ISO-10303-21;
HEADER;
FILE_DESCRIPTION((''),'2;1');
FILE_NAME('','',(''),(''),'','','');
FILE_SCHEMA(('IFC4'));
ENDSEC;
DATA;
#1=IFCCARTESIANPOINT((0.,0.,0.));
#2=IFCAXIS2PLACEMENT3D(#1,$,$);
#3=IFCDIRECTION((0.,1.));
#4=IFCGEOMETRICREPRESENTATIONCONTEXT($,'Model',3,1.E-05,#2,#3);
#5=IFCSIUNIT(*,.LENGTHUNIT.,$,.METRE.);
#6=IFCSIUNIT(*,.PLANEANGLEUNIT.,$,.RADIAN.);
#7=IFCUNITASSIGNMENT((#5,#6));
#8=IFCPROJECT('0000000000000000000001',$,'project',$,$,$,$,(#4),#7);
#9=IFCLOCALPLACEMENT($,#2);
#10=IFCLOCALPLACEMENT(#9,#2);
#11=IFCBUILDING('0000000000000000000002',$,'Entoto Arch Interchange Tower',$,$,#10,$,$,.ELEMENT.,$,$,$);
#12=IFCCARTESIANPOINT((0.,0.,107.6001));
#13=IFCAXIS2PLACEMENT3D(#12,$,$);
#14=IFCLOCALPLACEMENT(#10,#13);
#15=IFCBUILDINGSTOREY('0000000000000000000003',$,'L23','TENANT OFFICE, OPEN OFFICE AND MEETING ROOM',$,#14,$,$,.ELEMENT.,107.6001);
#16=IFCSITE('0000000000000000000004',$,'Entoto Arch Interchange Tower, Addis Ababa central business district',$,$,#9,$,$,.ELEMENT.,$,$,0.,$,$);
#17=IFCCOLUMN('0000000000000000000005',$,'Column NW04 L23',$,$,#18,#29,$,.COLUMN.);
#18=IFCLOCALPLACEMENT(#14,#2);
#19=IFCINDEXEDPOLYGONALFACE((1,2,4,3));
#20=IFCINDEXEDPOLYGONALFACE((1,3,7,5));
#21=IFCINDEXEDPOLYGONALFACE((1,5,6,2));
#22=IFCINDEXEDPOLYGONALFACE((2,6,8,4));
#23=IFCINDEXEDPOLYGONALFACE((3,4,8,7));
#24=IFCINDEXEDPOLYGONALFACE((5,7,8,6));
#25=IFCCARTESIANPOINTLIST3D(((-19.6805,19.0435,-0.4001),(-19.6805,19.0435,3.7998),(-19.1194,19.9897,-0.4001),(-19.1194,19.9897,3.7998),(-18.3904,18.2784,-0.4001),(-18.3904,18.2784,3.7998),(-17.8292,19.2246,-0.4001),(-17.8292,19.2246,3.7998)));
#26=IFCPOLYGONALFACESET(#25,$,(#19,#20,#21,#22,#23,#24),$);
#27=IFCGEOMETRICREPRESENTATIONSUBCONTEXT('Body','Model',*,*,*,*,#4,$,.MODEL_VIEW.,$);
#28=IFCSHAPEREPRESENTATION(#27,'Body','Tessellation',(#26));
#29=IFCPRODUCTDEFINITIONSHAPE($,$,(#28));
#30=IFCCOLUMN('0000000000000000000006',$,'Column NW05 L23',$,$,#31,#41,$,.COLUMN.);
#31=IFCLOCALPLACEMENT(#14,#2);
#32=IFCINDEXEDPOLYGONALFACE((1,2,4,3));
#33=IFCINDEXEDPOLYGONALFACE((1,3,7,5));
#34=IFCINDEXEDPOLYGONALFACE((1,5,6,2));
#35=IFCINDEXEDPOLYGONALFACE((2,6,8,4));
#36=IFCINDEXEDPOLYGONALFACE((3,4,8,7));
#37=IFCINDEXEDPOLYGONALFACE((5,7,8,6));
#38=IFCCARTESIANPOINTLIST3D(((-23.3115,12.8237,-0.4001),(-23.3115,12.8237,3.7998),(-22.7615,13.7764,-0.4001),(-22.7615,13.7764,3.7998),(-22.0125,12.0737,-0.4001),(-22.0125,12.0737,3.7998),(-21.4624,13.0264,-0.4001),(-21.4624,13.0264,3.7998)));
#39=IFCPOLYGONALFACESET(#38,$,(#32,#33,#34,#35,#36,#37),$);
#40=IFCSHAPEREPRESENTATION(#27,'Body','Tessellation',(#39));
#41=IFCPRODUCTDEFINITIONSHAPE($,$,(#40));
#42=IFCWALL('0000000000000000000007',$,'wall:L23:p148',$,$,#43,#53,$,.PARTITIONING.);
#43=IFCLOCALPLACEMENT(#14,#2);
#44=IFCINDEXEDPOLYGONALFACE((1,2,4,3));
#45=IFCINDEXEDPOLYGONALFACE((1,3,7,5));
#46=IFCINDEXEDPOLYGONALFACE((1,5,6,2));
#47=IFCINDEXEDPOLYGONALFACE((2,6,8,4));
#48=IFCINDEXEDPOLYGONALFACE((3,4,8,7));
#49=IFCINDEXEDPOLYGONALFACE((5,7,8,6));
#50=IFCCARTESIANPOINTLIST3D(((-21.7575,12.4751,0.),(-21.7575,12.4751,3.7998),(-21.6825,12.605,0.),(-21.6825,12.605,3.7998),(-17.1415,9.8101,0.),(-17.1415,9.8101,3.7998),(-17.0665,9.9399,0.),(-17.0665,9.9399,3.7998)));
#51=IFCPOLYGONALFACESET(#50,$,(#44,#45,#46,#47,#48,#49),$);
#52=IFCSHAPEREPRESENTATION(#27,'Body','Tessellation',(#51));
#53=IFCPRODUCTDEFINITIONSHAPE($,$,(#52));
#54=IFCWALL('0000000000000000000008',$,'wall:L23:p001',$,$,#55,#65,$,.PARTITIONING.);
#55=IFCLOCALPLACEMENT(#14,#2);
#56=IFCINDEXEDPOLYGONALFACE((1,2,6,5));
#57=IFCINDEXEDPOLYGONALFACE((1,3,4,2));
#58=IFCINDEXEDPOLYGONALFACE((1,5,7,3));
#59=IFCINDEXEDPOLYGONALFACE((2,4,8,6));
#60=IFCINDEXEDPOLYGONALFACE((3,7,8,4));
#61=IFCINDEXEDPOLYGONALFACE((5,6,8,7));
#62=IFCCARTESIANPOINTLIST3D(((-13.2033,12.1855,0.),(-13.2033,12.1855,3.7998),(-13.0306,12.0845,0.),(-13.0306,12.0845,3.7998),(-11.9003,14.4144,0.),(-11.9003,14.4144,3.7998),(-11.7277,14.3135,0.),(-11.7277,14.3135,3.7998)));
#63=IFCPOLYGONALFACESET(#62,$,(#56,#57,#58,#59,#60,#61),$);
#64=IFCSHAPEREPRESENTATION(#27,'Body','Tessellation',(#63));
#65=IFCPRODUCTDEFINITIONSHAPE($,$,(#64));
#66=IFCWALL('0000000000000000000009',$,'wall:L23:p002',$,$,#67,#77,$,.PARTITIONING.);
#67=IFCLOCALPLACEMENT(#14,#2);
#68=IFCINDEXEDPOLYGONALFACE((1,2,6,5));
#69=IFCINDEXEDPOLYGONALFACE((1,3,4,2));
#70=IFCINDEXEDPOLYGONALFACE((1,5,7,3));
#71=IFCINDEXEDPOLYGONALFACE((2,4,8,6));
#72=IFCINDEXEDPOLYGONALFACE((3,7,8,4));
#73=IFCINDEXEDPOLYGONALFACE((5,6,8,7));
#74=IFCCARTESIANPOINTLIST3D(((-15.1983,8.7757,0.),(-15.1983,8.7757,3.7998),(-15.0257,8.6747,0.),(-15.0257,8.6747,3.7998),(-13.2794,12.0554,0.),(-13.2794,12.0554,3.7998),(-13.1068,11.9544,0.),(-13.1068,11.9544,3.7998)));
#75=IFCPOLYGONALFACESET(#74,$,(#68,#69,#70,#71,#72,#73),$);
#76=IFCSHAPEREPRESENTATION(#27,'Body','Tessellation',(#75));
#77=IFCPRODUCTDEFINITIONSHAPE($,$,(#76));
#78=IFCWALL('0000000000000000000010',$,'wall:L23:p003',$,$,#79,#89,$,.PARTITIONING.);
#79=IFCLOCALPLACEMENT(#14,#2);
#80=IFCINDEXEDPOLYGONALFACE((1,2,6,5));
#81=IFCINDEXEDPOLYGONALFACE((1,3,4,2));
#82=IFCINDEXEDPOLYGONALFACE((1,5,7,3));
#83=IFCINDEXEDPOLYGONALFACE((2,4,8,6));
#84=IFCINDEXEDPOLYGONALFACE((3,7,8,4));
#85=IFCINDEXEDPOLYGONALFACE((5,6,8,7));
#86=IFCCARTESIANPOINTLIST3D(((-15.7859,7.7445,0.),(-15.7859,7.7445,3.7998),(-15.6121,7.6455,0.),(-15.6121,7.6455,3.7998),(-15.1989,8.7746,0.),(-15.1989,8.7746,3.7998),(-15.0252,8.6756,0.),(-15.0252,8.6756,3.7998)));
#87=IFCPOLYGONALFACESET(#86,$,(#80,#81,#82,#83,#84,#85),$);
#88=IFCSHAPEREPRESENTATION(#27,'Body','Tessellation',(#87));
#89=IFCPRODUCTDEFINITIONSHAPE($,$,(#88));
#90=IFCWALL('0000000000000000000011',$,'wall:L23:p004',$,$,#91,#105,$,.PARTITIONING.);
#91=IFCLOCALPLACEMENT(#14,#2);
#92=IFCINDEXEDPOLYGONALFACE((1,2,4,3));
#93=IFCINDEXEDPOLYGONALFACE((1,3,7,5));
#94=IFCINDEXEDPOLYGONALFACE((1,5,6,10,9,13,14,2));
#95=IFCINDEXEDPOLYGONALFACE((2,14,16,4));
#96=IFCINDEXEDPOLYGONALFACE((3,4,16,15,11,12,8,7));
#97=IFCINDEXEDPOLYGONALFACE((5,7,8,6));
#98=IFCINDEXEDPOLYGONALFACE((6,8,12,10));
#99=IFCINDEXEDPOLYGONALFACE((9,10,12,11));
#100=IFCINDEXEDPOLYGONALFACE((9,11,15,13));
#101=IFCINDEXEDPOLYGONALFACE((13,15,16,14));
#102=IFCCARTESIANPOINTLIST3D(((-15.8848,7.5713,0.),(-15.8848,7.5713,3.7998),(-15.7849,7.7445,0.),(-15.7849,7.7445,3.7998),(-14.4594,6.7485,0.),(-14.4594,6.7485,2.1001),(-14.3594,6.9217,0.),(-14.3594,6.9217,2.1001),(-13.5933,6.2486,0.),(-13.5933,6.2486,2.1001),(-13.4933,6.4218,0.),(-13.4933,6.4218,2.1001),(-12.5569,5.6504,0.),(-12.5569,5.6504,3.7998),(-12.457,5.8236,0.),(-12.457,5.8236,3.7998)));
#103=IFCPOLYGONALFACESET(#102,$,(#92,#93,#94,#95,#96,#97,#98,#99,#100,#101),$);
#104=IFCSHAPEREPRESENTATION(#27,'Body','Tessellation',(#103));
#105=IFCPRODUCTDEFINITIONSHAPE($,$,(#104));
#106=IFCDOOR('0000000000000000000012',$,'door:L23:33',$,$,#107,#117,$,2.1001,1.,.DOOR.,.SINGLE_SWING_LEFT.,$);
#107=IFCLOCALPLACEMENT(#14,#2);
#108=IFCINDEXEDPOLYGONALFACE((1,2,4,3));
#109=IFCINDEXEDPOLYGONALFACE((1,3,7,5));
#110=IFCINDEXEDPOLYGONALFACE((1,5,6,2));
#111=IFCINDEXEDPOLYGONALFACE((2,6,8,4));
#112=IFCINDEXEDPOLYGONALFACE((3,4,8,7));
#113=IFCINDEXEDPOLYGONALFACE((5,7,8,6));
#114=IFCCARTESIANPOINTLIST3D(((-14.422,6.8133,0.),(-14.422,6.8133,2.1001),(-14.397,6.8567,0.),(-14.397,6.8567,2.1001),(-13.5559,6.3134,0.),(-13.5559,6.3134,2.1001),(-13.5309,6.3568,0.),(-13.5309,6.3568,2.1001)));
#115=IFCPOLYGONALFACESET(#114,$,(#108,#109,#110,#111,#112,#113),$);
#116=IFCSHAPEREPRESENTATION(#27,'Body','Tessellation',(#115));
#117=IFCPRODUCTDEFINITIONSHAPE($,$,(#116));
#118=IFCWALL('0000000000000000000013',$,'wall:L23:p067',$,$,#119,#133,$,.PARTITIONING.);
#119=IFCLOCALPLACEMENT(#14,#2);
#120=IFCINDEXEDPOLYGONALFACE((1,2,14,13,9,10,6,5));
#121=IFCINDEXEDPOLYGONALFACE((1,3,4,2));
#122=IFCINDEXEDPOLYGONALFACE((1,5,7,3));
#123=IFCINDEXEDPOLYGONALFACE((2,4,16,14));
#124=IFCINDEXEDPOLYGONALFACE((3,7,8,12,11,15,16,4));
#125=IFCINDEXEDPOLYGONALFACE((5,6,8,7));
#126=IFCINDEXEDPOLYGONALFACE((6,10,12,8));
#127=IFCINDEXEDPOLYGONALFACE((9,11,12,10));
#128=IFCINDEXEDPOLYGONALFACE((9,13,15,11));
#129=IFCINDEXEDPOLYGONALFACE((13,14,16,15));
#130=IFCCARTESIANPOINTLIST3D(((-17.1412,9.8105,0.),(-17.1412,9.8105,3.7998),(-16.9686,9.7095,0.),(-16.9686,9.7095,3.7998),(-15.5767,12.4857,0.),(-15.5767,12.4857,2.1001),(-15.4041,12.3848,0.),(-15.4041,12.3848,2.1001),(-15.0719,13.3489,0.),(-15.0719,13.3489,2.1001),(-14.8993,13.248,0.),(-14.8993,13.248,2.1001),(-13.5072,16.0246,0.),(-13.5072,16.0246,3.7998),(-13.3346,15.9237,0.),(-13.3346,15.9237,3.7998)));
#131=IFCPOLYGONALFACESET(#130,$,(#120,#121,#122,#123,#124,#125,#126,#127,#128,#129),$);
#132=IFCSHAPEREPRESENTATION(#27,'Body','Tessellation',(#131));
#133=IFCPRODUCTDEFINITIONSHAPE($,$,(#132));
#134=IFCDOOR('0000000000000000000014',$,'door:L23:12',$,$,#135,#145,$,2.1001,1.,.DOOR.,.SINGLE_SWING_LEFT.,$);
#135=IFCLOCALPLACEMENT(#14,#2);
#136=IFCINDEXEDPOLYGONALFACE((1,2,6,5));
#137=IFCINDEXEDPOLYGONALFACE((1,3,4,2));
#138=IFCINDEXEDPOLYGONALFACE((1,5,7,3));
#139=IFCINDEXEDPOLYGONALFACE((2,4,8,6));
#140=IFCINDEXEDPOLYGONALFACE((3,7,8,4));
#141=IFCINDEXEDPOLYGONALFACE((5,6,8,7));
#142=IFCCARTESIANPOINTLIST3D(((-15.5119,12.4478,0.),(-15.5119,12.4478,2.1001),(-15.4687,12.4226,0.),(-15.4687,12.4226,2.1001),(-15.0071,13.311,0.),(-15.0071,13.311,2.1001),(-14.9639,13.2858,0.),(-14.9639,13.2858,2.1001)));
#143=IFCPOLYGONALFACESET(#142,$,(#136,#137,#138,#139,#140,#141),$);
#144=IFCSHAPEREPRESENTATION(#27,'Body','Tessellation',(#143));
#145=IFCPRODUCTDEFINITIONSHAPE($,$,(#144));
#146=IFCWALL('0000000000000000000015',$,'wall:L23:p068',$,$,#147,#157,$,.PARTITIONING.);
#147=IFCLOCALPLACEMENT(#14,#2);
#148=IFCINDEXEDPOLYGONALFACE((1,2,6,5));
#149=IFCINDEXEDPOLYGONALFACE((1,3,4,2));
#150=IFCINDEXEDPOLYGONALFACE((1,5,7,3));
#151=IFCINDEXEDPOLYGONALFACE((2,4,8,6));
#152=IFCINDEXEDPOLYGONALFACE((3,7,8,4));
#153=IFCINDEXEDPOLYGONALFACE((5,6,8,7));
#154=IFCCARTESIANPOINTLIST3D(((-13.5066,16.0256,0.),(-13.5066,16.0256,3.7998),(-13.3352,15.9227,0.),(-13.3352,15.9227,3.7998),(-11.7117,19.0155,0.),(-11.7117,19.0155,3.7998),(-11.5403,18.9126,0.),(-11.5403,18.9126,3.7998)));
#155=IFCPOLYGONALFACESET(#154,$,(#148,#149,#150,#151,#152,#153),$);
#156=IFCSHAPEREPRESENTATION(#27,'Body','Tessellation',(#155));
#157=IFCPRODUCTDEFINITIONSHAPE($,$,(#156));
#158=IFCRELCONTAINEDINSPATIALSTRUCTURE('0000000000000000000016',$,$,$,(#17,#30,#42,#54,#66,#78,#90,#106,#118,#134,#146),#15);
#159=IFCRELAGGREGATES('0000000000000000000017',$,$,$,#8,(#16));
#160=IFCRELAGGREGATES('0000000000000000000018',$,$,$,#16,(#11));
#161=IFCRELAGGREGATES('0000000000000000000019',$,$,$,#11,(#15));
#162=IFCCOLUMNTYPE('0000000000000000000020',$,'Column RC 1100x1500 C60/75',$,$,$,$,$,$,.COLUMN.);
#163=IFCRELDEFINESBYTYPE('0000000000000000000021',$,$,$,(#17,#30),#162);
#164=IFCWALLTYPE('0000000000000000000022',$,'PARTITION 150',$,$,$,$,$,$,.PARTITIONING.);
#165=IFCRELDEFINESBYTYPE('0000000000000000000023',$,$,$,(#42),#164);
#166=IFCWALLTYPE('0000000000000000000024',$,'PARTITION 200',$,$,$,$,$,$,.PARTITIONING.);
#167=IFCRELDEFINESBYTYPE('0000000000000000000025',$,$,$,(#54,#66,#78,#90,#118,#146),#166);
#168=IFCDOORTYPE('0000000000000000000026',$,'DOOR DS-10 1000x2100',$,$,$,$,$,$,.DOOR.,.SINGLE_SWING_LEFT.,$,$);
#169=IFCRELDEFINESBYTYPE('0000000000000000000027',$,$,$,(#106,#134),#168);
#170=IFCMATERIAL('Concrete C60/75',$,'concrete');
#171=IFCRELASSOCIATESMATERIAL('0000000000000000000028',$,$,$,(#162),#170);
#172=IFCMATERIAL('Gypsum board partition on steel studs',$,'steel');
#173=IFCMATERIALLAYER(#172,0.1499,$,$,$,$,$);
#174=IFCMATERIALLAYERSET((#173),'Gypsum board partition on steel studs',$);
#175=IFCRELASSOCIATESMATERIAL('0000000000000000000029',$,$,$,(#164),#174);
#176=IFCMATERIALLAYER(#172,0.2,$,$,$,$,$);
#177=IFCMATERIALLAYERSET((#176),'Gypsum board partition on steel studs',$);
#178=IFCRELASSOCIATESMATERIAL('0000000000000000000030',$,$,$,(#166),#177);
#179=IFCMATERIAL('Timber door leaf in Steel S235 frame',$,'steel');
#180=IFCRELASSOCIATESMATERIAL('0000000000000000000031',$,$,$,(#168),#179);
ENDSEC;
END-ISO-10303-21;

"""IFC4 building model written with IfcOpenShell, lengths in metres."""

from ifc_helpers import new_model, si_unit, direction, frame, frame_2d, origin, origin_2d, place, context, subcontext, project, spatial, rectangle, extrude, material, layer, layer_set, material_profile, profile_set, type_object, element, fill, save


model = new_model("IFC4")

# Units and contexts
model_context = context("Model", 3, precision=1e-05, world=origin(), true_north=direction((0.0, 1.0)))
body_context = subcontext(model_context, "Body", "Model", "MODEL_VIEW")
ifc_project = project(units=[si_unit("LENGTHUNIT", "METRE"), si_unit("PLANEANGLEUNIT", "RADIAN")], contexts=[model_context])

# Site, building, storey
site_placement = place(None, origin())
site = spatial("IfcSite", under=ifc_project, at=site_placement, Name="Entoto Arch Interchange Tower, Addis Ababa central business district", CompositionType="ELEMENT", RefElevation=0.0)
building_placement = place(site_placement, origin())
building = spatial("IfcBuilding", under=site, at=building_placement, Name="Entoto Arch Interchange Tower", CompositionType="ELEMENT")
storey_placement = place(building_placement, frame((0.0, 0.0, 107.6001)))
storey = spatial("IfcBuildingStorey", under=building, at=storey_placement, Name="L23", Description="TENANT OFFICE, OPEN OFFICE AND MEETING ROOM", CompositionType="ELEMENT", Elevation=107.6001)

# Columns
ifc_material_1 = material(Name="Concrete C60/75", Category="concrete")
ifc_material_profile = material_profile(ifc_material_1, rectangle(XDim=1.1001, YDim=1.5, at=origin_2d()))
ifc_profile_set = profile_set([ifc_material_profile], Name="Concrete C60/75")
column_type = type_object("IfcColumnType", Name="Column RC 1100x1500 C60/75", PredefinedType="COLUMN", material=ifc_profile_set)
for number, where, z_axis, x_axis, name in (
    (1, (-18.7549, 19.134, -0.4001), (0.0, 0.0, 1.0), (0.510093, 0.860119, 0.0), "Column NW04 L23"),
    (2, (-22.387, 12.925, -0.4001), (0.0, 0.0, 1.0), (0.5, 0.866025, 0.0), "Column NW05 L23"),
):
    element("IfcColumn", number, at=place(storey_placement, frame(where, z_axis=z_axis, x_axis=x_axis)), inside=storey, type_object=column_type, Name=name, PredefinedType="COLUMN", context=body_context, shape_type="SweptSolid", body=[
        extrude(rectangle(XDim=1.1001, YDim=1.5, at=origin_2d()), origin(), (0.0, 0.0, 1.0), 4.2),
    ])

# Walls
ifc_material_2 = material(Name="Gypsum board partition on steel studs", Category="steel")
ifc_layer_1 = layer(ifc_material_2, 0.1499)
ifc_layer_set_1 = layer_set([ifc_layer_1], Name="Gypsum board partition on steel studs")
wall_type_1 = type_object("IfcWallType", Name="PARTITION 150", PredefinedType="PARTITIONING", material=ifc_layer_set_1)
wall_1_placement = place(storey_placement, frame((-17.104, 9.875, 0.0), z_axis=(0.0, 0.0, 1.0), x_axis=(-0.866025, 0.500001, 0.0)))
element("IfcWall", 3, at=wall_1_placement, inside=storey, type_object=wall_type_1, Name="wall:L23:p148", PredefinedType="PARTITIONING", context=body_context, shape_type="SweptSolid", body=[
    extrude(rectangle(XDim=5.3301, YDim=0.1499, at=frame_2d((2.665, 0.0))), origin(), (0.0, 0.0, 1.0), 3.7998),
])
ifc_layer_2 = layer(ifc_material_2, 0.2)
ifc_layer_set_2 = layer_set([ifc_layer_2], Name="Gypsum board partition on steel studs")
wall_type_2 = type_object("IfcWallType", Name="PARTITION 200", PredefinedType="PARTITIONING", material=ifc_layer_set_2)
wall_2_placement = place(storey_placement, frame((-11.814, 14.364, 0.0), z_axis=(0.0, 0.0, 1.0), x_axis=(-0.504659, -0.863319, 0.0)))
element("IfcWall", 4, at=wall_2_placement, inside=storey, type_object=wall_type_2, Name="wall:L23:p001", PredefinedType="PARTITIONING", context=body_context, shape_type="SweptSolid", body=[
    extrude(rectangle(XDim=2.5818, YDim=0.2, at=frame_2d((1.291, 0.0))), origin(), (0.0, 0.0, 1.0), 3.7998),
])
wall_3_placement = place(storey_placement, frame((-13.1931, 12.0049, 0.0), z_axis=(0.0, 0.0, 1.0), x_axis=(-0.504997, -0.863121, 0.0)))
element("IfcWall", 5, at=wall_3_placement, inside=storey, type_object=wall_type_2, Name="wall:L23:p002", PredefinedType="PARTITIONING", context=body_context, shape_type="SweptSolid", body=[
    extrude(rectangle(XDim=3.7998, YDim=0.2, at=frame_2d((1.8999, 0.0))), origin(), (0.0, 0.0, 1.0), 3.7998),
])
wall_4_placement = place(storey_placement, frame((-15.1121, 8.7251, 0.0), z_axis=(0.0, 0.0, 1.0), x_axis=(-0.495074, -0.868851, 0.0)))
element("IfcWall", 6, at=wall_4_placement, inside=storey, type_object=wall_type_2, Name="wall:L23:p003", PredefinedType="PARTITIONING", context=body_context, shape_type="SweptSolid", body=[
    extrude(rectangle(XDim=1.1855, YDim=0.2, at=frame_2d((0.5928, 0.0))), origin(), (0.0, 0.0, 1.0), 3.7998),
])

# Walls, openings, doors
wall_5_placement = place(storey_placement, frame((-15.835, 7.658, 0.0), z_axis=(0.0, 0.0, 1.0), x_axis=(0.866077, -0.499911, 0.0)))
wall_5 = element("IfcWall", 7, at=wall_5_placement, inside=storey, type_object=wall_type_2, Name="wall:L23:p004", PredefinedType="PARTITIONING", context=body_context, shape_type="SweptSolid", body=[
    extrude(rectangle(XDim=3.8425, YDim=0.2, at=frame_2d((1.9214, 0.0))), origin(), (0.0, 0.0, 1.0), 3.7998),
])
opening_1_placement = place(wall_5_placement, frame((1.646, 0.0, 0.0)))
opening_1 = element("IfcOpeningElement", 8, at=opening_1_placement, cuts=wall_5, PredefinedType="OPENING", context=body_context, shape_type="SweptSolid", body=[
    extrude(rectangle(XDim=1.0, YDim=2.1001, at=frame_2d((0.5, 1.05))), frame((0.0, 0.1099, 0.0), z_axis=(0.0, -1.0, 0.0), x_axis=(1.0, 0.0, 0.0)), (0.0, 0.0, 1.0), 0.22),
])
ifc_material_3 = material(Name="Timber door leaf in Steel S235 frame", Category="steel")
door_type = type_object("IfcDoorType", Name="DOOR DS-10 1000x2100", OperationType="SINGLE_SWING_LEFT", PredefinedType="DOOR", material=ifc_material_3)
door_1_placement = place(opening_1_placement, origin())
door_1 = element("IfcDoor", 9, at=door_1_placement, inside=storey, type_object=door_type, Name="door:L23:33", OperationType="SINGLE_SWING_LEFT", OverallHeight=2.1001, OverallWidth=1.0, PredefinedType="DOOR", context=body_context, shape_type="SweptSolid", body=[
    extrude(rectangle(XDim=1.0, YDim=2.1001, at=frame_2d((0.5, 1.05))), frame((0.0, 0.0249, 0.0), z_axis=(0.0, -1.0, 0.0), x_axis=(1.0, 0.0, 0.0)), (0.0, 0.0, 1.0), 0.05),
])
fill(opening_1, door_1)
wall_6_placement = place(storey_placement, frame((-17.0549, 9.76, 0.0), z_axis=(0.0, 0.0, 1.0), x_axis=(0.504818, 0.863226, 0.0)))
wall_6 = element("IfcWall", 10, at=wall_6_placement, inside=storey, type_object=wall_type_2, Name="wall:L23:p067", PredefinedType="PARTITIONING", context=body_context, shape_type="SweptSolid", body=[
    extrude(rectangle(XDim=7.1987, YDim=0.2, at=frame_2d((3.5994, 0.0))), origin(), (0.0, 0.0, 1.0), 3.7998),
])
opening_2_placement = place(wall_6_placement, frame((3.0991, 0.0, 0.0)))
opening_2 = element("IfcOpeningElement", 11, at=opening_2_placement, cuts=wall_6, PredefinedType="OPENING", context=body_context, shape_type="SweptSolid", body=[
    extrude(rectangle(XDim=1.0, YDim=2.1001, at=frame_2d((0.5, 1.05))), frame((0.0, 0.1099, 0.0), z_axis=(0.0, -1.0, 0.0), x_axis=(1.0, 0.0, 0.0)), (0.0, 0.0, 1.0), 0.22),
])
door_2_placement = place(opening_2_placement, origin())
door_2 = element("IfcDoor", 12, at=door_2_placement, inside=storey, type_object=door_type, Name="door:L23:12", OperationType="SINGLE_SWING_LEFT", OverallHeight=2.1001, OverallWidth=1.0, PredefinedType="DOOR", context=body_context, shape_type="SweptSolid", body=[
    extrude(rectangle(XDim=1.0, YDim=2.1001, at=frame_2d((0.5, 1.05))), frame((0.0, 0.0249, 0.0), z_axis=(0.0, -1.0, 0.0), x_axis=(1.0, 0.0, 0.0)), (0.0, 0.0, 1.0), 0.05),
])
fill(opening_2, door_2)

# Wall
wall_7_placement = place(storey_placement, frame((-13.4209, 15.9741, 0.0), z_axis=(0.0, 0.0, 1.0), x_axis=(0.514691, 0.857376, 0.0)))
element("IfcWall", 13, at=wall_7_placement, inside=storey, type_object=wall_type_2, Name="wall:L23:p068", PredefinedType="PARTITIONING", context=body_context, shape_type="SweptSolid", body=[
    extrude(rectangle(XDim=3.4873, YDim=0.2, at=frame_2d((1.7437, 0.0))), origin(), (0.0, 0.0, 1.0), 3.7998),
])

save(model, "model.ifc")
